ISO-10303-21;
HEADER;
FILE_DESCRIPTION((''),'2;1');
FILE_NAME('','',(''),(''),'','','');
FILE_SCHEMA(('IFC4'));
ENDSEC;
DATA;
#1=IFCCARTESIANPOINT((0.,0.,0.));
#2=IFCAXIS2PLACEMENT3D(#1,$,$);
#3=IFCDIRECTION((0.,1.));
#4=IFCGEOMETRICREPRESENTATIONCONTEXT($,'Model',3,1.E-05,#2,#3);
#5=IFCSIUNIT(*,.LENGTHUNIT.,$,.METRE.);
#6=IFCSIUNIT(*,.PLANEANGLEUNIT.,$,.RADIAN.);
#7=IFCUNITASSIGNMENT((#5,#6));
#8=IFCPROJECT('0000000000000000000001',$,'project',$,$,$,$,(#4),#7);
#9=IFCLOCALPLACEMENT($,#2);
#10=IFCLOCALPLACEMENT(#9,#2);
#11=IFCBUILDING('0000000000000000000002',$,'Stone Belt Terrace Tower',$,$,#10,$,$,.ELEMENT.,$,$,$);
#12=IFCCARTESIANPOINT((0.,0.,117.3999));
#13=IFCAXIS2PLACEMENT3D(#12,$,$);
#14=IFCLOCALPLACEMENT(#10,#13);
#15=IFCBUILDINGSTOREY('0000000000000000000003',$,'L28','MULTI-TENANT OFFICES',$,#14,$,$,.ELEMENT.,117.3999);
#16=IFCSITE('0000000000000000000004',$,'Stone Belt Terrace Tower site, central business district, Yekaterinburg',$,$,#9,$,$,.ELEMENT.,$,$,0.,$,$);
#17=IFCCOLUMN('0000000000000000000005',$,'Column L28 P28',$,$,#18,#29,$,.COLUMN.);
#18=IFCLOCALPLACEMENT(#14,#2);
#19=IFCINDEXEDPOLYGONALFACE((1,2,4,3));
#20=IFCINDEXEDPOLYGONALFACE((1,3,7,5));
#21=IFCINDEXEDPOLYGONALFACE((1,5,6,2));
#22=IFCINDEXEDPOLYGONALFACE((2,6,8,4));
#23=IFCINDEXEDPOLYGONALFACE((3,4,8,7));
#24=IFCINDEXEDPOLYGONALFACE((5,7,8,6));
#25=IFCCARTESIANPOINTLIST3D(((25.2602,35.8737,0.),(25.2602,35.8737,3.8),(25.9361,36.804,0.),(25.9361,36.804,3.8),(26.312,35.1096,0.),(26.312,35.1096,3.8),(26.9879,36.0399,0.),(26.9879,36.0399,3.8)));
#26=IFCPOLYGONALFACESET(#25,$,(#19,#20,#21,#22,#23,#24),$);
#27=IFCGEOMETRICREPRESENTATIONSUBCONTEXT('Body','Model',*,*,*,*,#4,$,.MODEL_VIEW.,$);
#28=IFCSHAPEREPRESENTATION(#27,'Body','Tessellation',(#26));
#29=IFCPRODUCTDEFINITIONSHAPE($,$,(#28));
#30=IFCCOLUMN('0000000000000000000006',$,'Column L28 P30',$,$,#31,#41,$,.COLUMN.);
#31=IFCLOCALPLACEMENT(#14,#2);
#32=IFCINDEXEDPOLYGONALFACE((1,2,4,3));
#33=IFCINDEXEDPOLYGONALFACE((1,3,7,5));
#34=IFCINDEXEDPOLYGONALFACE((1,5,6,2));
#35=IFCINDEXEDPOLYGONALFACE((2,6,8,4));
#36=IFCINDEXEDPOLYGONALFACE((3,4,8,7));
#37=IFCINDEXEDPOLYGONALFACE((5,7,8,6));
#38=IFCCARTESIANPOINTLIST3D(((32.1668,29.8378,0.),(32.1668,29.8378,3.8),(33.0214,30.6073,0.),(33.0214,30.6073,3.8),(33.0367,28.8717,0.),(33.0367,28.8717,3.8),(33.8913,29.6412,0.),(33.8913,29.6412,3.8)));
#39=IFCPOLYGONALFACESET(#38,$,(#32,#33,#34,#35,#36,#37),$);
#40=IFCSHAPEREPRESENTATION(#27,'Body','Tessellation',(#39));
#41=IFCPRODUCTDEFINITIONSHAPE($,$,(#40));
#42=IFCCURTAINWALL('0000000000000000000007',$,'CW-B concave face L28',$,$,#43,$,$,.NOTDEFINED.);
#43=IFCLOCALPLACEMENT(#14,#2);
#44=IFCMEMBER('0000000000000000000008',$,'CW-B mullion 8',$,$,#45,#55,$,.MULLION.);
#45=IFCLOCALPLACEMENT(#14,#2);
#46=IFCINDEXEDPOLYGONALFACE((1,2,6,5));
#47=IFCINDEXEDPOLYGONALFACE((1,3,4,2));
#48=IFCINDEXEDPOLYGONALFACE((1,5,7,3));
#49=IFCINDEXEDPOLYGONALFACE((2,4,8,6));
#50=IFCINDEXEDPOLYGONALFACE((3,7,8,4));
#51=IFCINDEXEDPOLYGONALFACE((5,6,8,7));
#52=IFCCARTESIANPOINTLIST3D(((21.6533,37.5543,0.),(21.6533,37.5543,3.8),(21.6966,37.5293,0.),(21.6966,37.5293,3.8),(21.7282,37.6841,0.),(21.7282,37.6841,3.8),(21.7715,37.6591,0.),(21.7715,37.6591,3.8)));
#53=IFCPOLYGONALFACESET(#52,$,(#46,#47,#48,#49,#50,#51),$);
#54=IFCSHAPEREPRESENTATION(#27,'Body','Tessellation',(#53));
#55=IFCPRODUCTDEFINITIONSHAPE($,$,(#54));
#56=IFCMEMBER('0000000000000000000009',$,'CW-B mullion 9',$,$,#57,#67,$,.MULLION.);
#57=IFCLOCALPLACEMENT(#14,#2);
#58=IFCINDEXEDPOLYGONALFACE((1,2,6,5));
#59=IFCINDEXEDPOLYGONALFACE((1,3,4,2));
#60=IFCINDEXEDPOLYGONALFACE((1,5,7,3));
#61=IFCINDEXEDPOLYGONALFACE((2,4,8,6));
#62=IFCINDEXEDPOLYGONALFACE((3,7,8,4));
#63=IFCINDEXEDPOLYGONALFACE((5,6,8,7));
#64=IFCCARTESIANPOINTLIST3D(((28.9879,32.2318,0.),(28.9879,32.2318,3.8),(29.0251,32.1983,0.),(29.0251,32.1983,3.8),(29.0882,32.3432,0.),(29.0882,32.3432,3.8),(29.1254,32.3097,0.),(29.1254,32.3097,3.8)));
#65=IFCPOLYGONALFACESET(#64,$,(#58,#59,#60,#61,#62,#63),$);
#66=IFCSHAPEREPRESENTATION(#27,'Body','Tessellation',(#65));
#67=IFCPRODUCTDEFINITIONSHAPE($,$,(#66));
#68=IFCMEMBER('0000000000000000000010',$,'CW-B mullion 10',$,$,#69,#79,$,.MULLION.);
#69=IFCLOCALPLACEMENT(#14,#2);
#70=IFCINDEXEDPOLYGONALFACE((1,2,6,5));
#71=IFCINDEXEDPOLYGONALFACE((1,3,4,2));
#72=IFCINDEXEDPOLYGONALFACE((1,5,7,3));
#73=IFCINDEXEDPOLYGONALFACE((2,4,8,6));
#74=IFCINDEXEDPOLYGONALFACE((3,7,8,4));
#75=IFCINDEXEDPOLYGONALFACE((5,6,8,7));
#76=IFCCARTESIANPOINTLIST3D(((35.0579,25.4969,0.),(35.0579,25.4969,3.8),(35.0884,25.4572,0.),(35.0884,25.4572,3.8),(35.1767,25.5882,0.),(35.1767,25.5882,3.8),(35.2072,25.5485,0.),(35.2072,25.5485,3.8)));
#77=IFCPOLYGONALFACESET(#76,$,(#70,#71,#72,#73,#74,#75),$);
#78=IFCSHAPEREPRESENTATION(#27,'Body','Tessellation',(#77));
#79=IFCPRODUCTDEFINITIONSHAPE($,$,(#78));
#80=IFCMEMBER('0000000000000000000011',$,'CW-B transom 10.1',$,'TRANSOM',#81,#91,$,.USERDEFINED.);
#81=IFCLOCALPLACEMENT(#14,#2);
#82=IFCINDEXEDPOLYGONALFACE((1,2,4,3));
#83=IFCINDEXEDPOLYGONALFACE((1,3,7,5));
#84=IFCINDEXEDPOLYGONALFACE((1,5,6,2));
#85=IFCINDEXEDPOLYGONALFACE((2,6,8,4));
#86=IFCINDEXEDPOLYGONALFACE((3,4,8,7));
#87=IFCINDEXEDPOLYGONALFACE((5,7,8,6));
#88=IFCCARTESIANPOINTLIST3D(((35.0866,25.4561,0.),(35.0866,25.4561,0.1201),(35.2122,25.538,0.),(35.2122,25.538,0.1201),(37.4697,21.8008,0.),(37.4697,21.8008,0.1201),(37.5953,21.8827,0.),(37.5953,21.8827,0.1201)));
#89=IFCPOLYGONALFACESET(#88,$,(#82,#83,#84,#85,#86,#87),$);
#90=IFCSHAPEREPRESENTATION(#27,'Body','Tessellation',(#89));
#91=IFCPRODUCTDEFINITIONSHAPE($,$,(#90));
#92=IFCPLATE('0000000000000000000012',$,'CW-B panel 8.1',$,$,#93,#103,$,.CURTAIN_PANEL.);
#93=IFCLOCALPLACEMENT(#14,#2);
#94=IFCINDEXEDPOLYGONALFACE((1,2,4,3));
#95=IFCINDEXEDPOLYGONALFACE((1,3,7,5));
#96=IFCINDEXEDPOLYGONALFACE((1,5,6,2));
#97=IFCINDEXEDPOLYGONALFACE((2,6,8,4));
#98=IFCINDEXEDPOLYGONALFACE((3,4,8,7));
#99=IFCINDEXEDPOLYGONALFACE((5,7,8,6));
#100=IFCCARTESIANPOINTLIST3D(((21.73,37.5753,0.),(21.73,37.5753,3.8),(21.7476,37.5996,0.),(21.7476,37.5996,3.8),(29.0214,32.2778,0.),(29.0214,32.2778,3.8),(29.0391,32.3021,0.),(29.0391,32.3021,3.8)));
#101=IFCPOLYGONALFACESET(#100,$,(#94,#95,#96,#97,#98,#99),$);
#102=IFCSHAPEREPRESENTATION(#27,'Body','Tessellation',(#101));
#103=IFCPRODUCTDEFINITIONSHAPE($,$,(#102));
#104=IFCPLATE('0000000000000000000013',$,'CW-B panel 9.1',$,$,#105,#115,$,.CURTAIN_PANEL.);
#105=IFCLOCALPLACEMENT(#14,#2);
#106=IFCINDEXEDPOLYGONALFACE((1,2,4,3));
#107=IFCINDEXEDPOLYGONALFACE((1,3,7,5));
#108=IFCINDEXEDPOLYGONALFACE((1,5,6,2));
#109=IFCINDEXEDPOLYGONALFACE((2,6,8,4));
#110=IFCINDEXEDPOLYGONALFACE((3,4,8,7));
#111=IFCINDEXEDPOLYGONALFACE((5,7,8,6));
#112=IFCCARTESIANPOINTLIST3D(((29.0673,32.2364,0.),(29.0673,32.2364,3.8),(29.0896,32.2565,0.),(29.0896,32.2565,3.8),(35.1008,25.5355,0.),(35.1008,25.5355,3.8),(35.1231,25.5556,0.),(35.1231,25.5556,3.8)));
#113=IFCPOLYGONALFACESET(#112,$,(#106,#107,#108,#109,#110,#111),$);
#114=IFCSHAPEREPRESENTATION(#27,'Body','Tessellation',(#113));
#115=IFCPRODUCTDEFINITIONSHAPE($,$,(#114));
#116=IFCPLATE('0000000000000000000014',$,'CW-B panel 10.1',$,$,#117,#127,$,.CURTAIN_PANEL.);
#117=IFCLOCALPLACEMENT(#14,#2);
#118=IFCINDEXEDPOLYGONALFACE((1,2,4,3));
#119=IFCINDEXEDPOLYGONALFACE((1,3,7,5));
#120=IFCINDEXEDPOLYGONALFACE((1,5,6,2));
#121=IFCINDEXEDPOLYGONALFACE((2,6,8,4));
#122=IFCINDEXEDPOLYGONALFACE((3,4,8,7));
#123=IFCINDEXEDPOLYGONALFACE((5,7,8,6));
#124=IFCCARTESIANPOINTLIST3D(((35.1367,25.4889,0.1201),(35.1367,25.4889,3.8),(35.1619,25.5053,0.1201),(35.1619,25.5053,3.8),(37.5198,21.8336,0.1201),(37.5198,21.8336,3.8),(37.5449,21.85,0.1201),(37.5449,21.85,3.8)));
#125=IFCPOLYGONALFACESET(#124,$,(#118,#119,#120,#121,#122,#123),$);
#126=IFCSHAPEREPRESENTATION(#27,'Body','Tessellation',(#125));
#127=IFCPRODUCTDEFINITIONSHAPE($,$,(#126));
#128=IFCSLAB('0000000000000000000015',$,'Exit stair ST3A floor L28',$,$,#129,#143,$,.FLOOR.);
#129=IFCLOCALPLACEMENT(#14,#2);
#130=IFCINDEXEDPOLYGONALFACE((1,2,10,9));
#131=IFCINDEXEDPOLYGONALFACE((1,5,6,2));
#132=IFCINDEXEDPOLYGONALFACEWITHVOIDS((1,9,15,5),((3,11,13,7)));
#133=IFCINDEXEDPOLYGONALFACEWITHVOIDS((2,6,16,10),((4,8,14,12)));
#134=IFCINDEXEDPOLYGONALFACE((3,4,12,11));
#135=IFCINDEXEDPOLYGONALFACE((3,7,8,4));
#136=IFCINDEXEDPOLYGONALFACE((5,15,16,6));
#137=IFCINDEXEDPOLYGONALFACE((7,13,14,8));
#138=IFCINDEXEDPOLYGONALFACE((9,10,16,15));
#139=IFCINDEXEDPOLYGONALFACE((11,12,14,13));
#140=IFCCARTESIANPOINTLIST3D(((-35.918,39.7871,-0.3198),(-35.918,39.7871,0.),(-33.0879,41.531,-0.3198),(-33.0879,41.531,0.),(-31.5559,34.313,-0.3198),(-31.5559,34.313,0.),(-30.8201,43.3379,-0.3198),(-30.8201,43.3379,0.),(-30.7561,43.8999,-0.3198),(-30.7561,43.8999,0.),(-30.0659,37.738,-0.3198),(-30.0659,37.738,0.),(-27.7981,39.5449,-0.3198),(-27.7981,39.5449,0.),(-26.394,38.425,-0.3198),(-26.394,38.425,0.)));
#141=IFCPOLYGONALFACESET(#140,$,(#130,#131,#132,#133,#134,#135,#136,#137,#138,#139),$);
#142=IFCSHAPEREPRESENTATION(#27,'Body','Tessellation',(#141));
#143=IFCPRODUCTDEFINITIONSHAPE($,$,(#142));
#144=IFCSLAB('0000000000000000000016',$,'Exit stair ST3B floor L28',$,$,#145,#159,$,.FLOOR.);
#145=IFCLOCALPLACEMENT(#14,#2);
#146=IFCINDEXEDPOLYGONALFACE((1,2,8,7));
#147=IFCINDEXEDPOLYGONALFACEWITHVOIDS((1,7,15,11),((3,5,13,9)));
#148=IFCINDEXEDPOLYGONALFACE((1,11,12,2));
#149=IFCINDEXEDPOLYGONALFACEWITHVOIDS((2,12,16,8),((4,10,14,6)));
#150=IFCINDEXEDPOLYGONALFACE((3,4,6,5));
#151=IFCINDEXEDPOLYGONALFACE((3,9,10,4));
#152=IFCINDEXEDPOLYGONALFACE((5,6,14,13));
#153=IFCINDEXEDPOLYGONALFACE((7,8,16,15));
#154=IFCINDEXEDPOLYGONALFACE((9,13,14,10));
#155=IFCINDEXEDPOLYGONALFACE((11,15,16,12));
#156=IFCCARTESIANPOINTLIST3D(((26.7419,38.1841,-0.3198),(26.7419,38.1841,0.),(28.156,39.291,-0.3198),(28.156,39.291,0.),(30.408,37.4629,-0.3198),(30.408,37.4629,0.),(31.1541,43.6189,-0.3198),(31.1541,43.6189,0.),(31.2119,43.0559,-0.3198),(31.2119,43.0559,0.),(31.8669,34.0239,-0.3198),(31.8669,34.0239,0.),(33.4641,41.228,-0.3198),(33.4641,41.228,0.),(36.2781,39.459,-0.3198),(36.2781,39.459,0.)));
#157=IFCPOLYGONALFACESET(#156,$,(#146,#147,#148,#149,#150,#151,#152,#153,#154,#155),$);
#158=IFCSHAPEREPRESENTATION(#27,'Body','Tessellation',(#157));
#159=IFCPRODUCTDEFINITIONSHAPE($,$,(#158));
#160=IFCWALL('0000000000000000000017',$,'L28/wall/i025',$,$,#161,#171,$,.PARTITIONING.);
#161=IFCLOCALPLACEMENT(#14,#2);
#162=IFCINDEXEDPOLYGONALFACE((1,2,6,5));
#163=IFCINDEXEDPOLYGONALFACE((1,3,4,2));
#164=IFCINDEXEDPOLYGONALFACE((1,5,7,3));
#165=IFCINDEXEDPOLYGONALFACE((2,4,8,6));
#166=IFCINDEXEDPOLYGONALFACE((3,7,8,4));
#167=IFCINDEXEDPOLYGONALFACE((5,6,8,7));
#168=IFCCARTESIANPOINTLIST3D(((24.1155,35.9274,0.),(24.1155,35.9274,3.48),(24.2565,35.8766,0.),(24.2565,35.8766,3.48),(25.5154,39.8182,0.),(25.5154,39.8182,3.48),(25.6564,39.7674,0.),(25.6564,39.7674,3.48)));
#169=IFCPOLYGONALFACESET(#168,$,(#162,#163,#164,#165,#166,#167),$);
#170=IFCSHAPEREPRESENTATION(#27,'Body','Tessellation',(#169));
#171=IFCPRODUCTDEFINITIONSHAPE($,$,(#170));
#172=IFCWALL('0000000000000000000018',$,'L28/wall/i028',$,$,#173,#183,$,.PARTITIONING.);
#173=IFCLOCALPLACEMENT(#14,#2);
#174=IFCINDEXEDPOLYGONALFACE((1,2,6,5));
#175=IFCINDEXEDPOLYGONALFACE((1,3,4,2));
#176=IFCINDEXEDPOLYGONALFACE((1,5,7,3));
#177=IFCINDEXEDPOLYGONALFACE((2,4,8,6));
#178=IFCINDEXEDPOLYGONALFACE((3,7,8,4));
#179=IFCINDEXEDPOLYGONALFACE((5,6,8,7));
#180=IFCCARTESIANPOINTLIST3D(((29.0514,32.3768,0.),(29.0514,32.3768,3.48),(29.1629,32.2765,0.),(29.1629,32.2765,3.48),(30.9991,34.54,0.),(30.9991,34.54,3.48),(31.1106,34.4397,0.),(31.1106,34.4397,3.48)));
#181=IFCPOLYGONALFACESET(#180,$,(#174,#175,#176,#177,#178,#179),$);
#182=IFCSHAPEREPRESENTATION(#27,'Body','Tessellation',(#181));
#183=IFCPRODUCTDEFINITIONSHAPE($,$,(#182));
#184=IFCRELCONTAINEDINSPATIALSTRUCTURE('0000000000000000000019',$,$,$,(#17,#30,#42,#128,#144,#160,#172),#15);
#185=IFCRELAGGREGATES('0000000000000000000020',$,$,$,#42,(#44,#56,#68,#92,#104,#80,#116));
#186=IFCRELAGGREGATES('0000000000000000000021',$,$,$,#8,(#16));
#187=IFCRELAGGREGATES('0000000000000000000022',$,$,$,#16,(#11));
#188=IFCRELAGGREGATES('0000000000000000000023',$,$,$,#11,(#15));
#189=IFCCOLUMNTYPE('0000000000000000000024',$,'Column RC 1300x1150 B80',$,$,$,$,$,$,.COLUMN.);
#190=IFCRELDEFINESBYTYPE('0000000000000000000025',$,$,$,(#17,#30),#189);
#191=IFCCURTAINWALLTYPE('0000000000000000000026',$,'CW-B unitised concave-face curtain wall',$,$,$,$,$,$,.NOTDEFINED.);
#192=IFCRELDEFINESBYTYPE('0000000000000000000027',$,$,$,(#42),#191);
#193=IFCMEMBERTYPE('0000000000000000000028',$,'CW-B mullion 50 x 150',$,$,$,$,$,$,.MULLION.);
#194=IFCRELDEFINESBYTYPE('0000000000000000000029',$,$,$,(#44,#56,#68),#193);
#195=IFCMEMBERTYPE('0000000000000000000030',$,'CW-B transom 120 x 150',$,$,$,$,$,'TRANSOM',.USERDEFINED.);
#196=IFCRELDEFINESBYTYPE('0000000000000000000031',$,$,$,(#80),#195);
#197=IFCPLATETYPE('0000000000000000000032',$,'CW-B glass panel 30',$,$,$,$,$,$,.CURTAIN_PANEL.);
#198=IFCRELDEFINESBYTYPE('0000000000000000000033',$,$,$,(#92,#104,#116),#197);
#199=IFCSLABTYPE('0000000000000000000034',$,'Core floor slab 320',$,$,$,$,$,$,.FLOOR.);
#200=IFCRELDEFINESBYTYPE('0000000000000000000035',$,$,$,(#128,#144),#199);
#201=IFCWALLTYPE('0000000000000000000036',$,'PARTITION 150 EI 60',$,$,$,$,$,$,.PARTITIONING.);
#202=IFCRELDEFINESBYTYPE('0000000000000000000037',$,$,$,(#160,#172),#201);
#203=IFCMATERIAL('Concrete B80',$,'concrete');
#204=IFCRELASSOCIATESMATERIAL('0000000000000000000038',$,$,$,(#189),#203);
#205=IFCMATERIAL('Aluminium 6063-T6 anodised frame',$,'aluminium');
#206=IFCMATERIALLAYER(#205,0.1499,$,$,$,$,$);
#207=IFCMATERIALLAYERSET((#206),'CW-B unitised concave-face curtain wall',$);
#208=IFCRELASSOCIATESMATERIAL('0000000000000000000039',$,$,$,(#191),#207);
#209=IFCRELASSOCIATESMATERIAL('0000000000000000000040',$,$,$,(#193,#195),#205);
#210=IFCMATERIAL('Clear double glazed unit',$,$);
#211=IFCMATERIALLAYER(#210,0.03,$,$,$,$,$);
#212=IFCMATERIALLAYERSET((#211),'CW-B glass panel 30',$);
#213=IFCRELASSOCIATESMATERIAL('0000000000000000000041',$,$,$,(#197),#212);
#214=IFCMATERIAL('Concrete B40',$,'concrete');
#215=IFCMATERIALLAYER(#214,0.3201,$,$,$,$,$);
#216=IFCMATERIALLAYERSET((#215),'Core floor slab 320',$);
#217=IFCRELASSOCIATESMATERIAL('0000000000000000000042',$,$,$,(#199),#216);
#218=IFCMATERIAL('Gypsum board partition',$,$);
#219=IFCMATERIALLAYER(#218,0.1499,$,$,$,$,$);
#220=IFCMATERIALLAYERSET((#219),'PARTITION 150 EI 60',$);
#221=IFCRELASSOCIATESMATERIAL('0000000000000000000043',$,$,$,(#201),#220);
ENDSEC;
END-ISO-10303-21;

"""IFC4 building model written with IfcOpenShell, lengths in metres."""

from ifc_helpers import new_model, si_unit, direction, frame, frame_2d, origin, origin_2d, place, context, subcontext, project, spatial, polyline, rectangle, outline, extrude, material, layer, layer_set, material_profile, profile_set, type_object, element, aggregate, save


model = new_model("IFC4")

# Units and contexts
model_context = context("Model", 3, precision=1e-05, world=origin(), true_north=direction((0.0, 1.0)))
body_context = subcontext(model_context, "Body", "Model", "MODEL_VIEW")
ifc_project = project(units=[si_unit("LENGTHUNIT", "METRE"), si_unit("PLANEANGLEUNIT", "RADIAN")], contexts=[model_context])

# Site, building, storey
site_placement = place(None, origin())
site = spatial("IfcSite", under=ifc_project, at=site_placement, Name="Stone Belt Terrace Tower site, central business district, Yekaterinburg", CompositionType="ELEMENT", RefElevation=0.0)
building_placement = place(site_placement, origin())
building = spatial("IfcBuilding", under=site, at=building_placement, Name="Stone Belt Terrace Tower", CompositionType="ELEMENT")
storey_placement = place(building_placement, frame((0.0, 0.0, 117.3999)))
storey = spatial("IfcBuildingStorey", under=building, at=storey_placement, Name="L28", Description="MULTI-TENANT OFFICES", CompositionType="ELEMENT", Elevation=117.3999)

# Columns
ifc_material_1 = material(Name="Concrete B80", Category="concrete")
ifc_material_profile_1 = material_profile(ifc_material_1, rectangle(XDim=1.3, YDim=1.1499, at=origin_2d()), Name="RC 1300x1150")
ifc_profile_set_1 = profile_set([ifc_material_profile_1], Name="Concrete B80")
column_type = type_object("IfcColumnType", Name="Column RC 1300x1150 B80", PredefinedType="COLUMN", material=ifc_profile_set_1)
for number, where, z_axis, x_axis, name in (
    (1, (26.124, 35.9568, 0.0), (0.0, 0.0, 1.0), (0.809017, -0.587785, 0.0), "Column L28 P28"),
    (2, (33.0291, 29.7395, 0.0), (0.0, 0.0, 1.0), (0.669131, -0.743145, 0.0), "Column L28 P30"),
):
    element("IfcColumn", number, at=place(storey_placement, frame(where, z_axis=z_axis, x_axis=x_axis)), inside=storey, type_object=column_type, Name=name, PredefinedType="COLUMN", context=body_context, shape_type="SweptSolid", body=[
        extrude(rectangle(XDim=1.3, YDim=1.1499, at=origin_2d()), origin(), (0.0, 0.0, 1.0), 3.8),
    ])

# Curtain wall, members, plates
ifc_material_2 = material(Name="Aluminium 6063-T6 anodised frame", Category="aluminium")
ifc_layer_1 = layer(ifc_material_2, 0.1499)
ifc_layer_set_1 = layer_set([ifc_layer_1], Name="CW-B unitised concave-face curtain wall")
curtain_wall_type = type_object("IfcCurtainWallType", Name="CW-B unitised concave-face curtain wall", PredefinedType="NOTDEFINED", material=ifc_layer_set_1)
curtain_wall_placement = place(storey_placement, origin())
curtain_wall = element("IfcCurtainWall", 3, at=curtain_wall_placement, inside=storey, type_object=curtain_wall_type, Name="CW-B concave face L28", PredefinedType="NOTDEFINED")
ifc_material_profile_2 = material_profile(ifc_material_2, rectangle(XDim=0.1499, YDim=0.05, at=origin_2d()), Name="Aluminium 6063-T6 50x150")
ifc_profile_set_2 = profile_set([ifc_material_profile_2], Name="Aluminium 6063-T6 anodised frame")
member_type_1 = type_object("IfcMemberType", Name="CW-B mullion 50 x 150", PredefinedType="MULLION", material=ifc_profile_set_2)
member_1_placement = place(storey_placement, frame((21.7124, 37.6067, 0.0), z_axis=(0.0, 0.0, 1.0), x_axis=(0.5, 0.866025, 0.0)))
member_1 = element("IfcMember", 4, at=member_1_placement, type_object=member_type_1, Name="CW-B mullion 8", PredefinedType="MULLION", context=body_context, shape_type="SweptSolid", body=[
    extrude(rectangle(XDim=0.1499, YDim=0.05, at=origin_2d()), origin(), (0.0, 0.0, 1.0), 3.8),
])
member_2_placement = place(storey_placement, frame((29.0566, 32.2708, 0.0), z_axis=(0.0, 0.0, 1.0), x_axis=(0.669131, 0.743145, 0.0)))
member_2 = element("IfcMember", 5, at=member_2_placement, type_object=member_type_1, Name="CW-B mullion 9", PredefinedType="MULLION", context=body_context, shape_type="SweptSolid", body=[
    extrude(rectangle(XDim=0.1499, YDim=0.05, at=origin_2d()), origin(), (0.0, 0.0, 1.0), 3.8),
])
member_3_placement = place(storey_placement, frame((35.1326, 25.5227, 0.0), z_axis=(0.0, 0.0, 1.0), x_axis=(0.792811, 0.609468, 0.0)))
member_3 = element("IfcMember", 6, at=member_3_placement, type_object=member_type_1, Name="CW-B mullion 10", PredefinedType="MULLION", context=body_context, shape_type="SweptSolid", body=[
    extrude(rectangle(XDim=0.1499, YDim=0.05, at=origin_2d()), origin(), (0.0, 0.0, 1.0), 3.8),
])
ifc_material_profile_3 = material_profile(ifc_material_2, rectangle(XDim=0.1499, YDim=0.1201, at=origin_2d()), Name="Aluminium 6063-T6 150x120")
ifc_profile_set_3 = profile_set([ifc_material_profile_3], Name="Aluminium 6063-T6 anodised frame")
member_type_2 = type_object("IfcMemberType", Name="CW-B transom 120 x 150", ElementType="TRANSOM", PredefinedType="USERDEFINED", material=ifc_profile_set_3)
member_4_placement = place(storey_placement, frame((35.1494, 25.4971, 0.0601), z_axis=(0.546136, -0.837696, 0.0), x_axis=(0.837696, 0.546136, 0.0)))
member_4 = element("IfcMember", 7, at=member_4_placement, type_object=member_type_2, Name="CW-B transom 10.1", ObjectType="TRANSOM", PredefinedType="USERDEFINED", context=body_context, shape_type="SweptSolid", body=[
    extrude(rectangle(XDim=0.1499, YDim=0.1201, at=origin_2d()), origin(), (0.0, 0.0, 1.0), 4.3635),
])
ifc_material_3 = material(Name="Clear double glazed unit")
ifc_layer_2 = layer(ifc_material_3, 0.03)
ifc_layer_set_2 = layer_set([ifc_layer_2], Name="CW-B glass panel 30")
plate_type = type_object("IfcPlateType", Name="CW-B glass panel 30", PredefinedType="CURTAIN_PANEL", material=ifc_layer_set_2)
plate_1_placement = place(storey_placement, frame((25.3845, 34.9387, 0.0), z_axis=(0.0, 0.0, 1.0), x_axis=(0.809017, -0.587785, 0.0)))
plate_1 = element("IfcPlate", 8, at=plate_1_placement, type_object=plate_type, Name="CW-B panel 8.1", PredefinedType="CURTAIN_PANEL", context=body_context, shape_type="SweptSolid", body=[
    extrude(rectangle(XDim=9.0127, YDim=0.03, at=origin_2d()), origin(), (0.0, 0.0, 1.0), 3.8),
])
plate_2_placement = place(storey_placement, frame((32.0952, 28.896, 0.0), z_axis=(0.0, 0.0, 1.0), x_axis=(0.669131, -0.743145, 0.0)))
plate_2 = element("IfcPlate", 9, at=plate_2_placement, type_object=plate_type, Name="CW-B panel 9.1", PredefinedType="CURTAIN_PANEL", context=body_context, shape_type="SweptSolid", body=[
    extrude(rectangle(XDim=9.0168, YDim=0.03, at=origin_2d()), origin(), (0.0, 0.0, 1.0), 3.8),
])
plate_3_placement = place(storey_placement, frame((36.3408, 23.6694, 0.1201), z_axis=(0.0, 0.0, 1.0), x_axis=(0.546132, -0.837699, 0.0)))
plate_3 = element("IfcPlate", 10, at=plate_3_placement, type_object=plate_type, Name="CW-B panel 10.1", PredefinedType="CURTAIN_PANEL", context=body_context, shape_type="SweptSolid", body=[
    extrude(rectangle(XDim=4.3635, YDim=0.03, at=origin_2d()), origin(), (0.0, 0.0, 1.0), 3.6799),
])
aggregate(curtain_wall, [member_1, member_2, member_3, plate_1, plate_2, member_4, plate_3])

# Slabs
ifc_material_4 = material(Name="Concrete B40", Category="concrete")
ifc_layer_3 = layer(ifc_material_4, 0.3201)
ifc_layer_set_3 = layer_set([ifc_layer_3], Name="Core floor slab 320")
slab_type = type_object("IfcSlabType", Name="Core floor slab 320", PredefinedType="FLOOR", material=ifc_layer_set_3)
slab_1_placement = place(storey_placement, frame((0.0, 0.0, -0.3198)))
element("IfcSlab", 11, at=slab_1_placement, inside=storey, type_object=slab_type, Name="Exit stair ST3A floor L28", PredefinedType="FLOOR", context=body_context, shape_type="SweptSolid", body=[
    extrude(outline(polyline([(-26.394, 38.425), (-30.7561, 43.8999), (-35.918, 39.7871), (-31.5559, 34.313), (-26.394, 38.425)]), holes=[polyline([(-27.7981, 39.5449), (-30.0659, 37.738), (-33.0879, 41.531), (-30.8201, 43.3379), (-27.7981, 39.5449)])]), origin(), (0.0, 0.0, 1.0), 0.3198),
])
slab_2_placement = place(storey_placement, frame((0.0, 0.0, -0.3198)))
element("IfcSlab", 12, at=slab_2_placement, inside=storey, type_object=slab_type, Name="Exit stair ST3B floor L28", PredefinedType="FLOOR", context=body_context, shape_type="SweptSolid", body=[
    extrude(outline(polyline([(26.7419, 38.1841), (31.8669, 34.0239), (36.2781, 39.459), (31.1541, 43.6189), (26.7419, 38.1841)]), holes=[polyline([(30.408, 37.4629), (28.156, 39.291), (31.2119, 43.0559), (33.4641, 41.228), (30.408, 37.4629)])]), origin(), (0.0, 0.0, 1.0), 0.3198),
])

# Walls
ifc_material_5 = material(Name="Gypsum board partition")
ifc_layer_4 = layer(ifc_material_5, 0.1499)
ifc_layer_set_4 = layer_set([ifc_layer_4], Name="PARTITION 150 EI 60")
wall_type_1 = type_object("IfcWallType", Name="PARTITION 150 EI 60", PredefinedType="PARTITIONING", material=ifc_layer_set_4)
wall_1_placement = place(storey_placement, frame((24.186, 35.9021, 0.0), z_axis=(0.0, 0.0, 1.0), x_axis=(0.338546, 0.94095, 0.0)))
element("IfcWall", 13, at=wall_1_placement, inside=storey, type_object=wall_type_1, Name="L28/wall/i025", PredefinedType="PARTITIONING", context=body_context, shape_type="SweptSolid", body=[
    extrude(rectangle(XDim=4.135, YDim=0.1499, at=frame_2d((2.0674, 0.0))), origin(), (0.0, 0.0, 1.0), 3.48),
])
wall_2_placement = place(storey_placement, frame((31.0549, 34.49, 0.0), z_axis=(0.0, 0.0, 1.0), x_axis=(-0.669108, -0.743165, 0.0)))
element("IfcWall", 14, at=wall_2_placement, inside=storey, type_object=wall_type_1, Name="L28/wall/i028", PredefinedType="PARTITIONING", context=body_context, shape_type="SweptSolid", body=[
    extrude(rectangle(XDim=2.9109, YDim=0.1499, at=frame_2d((1.4556, 0.0))), origin(), (0.0, 0.0, 1.0), 3.48),
])

save(model, "model.ifc")
